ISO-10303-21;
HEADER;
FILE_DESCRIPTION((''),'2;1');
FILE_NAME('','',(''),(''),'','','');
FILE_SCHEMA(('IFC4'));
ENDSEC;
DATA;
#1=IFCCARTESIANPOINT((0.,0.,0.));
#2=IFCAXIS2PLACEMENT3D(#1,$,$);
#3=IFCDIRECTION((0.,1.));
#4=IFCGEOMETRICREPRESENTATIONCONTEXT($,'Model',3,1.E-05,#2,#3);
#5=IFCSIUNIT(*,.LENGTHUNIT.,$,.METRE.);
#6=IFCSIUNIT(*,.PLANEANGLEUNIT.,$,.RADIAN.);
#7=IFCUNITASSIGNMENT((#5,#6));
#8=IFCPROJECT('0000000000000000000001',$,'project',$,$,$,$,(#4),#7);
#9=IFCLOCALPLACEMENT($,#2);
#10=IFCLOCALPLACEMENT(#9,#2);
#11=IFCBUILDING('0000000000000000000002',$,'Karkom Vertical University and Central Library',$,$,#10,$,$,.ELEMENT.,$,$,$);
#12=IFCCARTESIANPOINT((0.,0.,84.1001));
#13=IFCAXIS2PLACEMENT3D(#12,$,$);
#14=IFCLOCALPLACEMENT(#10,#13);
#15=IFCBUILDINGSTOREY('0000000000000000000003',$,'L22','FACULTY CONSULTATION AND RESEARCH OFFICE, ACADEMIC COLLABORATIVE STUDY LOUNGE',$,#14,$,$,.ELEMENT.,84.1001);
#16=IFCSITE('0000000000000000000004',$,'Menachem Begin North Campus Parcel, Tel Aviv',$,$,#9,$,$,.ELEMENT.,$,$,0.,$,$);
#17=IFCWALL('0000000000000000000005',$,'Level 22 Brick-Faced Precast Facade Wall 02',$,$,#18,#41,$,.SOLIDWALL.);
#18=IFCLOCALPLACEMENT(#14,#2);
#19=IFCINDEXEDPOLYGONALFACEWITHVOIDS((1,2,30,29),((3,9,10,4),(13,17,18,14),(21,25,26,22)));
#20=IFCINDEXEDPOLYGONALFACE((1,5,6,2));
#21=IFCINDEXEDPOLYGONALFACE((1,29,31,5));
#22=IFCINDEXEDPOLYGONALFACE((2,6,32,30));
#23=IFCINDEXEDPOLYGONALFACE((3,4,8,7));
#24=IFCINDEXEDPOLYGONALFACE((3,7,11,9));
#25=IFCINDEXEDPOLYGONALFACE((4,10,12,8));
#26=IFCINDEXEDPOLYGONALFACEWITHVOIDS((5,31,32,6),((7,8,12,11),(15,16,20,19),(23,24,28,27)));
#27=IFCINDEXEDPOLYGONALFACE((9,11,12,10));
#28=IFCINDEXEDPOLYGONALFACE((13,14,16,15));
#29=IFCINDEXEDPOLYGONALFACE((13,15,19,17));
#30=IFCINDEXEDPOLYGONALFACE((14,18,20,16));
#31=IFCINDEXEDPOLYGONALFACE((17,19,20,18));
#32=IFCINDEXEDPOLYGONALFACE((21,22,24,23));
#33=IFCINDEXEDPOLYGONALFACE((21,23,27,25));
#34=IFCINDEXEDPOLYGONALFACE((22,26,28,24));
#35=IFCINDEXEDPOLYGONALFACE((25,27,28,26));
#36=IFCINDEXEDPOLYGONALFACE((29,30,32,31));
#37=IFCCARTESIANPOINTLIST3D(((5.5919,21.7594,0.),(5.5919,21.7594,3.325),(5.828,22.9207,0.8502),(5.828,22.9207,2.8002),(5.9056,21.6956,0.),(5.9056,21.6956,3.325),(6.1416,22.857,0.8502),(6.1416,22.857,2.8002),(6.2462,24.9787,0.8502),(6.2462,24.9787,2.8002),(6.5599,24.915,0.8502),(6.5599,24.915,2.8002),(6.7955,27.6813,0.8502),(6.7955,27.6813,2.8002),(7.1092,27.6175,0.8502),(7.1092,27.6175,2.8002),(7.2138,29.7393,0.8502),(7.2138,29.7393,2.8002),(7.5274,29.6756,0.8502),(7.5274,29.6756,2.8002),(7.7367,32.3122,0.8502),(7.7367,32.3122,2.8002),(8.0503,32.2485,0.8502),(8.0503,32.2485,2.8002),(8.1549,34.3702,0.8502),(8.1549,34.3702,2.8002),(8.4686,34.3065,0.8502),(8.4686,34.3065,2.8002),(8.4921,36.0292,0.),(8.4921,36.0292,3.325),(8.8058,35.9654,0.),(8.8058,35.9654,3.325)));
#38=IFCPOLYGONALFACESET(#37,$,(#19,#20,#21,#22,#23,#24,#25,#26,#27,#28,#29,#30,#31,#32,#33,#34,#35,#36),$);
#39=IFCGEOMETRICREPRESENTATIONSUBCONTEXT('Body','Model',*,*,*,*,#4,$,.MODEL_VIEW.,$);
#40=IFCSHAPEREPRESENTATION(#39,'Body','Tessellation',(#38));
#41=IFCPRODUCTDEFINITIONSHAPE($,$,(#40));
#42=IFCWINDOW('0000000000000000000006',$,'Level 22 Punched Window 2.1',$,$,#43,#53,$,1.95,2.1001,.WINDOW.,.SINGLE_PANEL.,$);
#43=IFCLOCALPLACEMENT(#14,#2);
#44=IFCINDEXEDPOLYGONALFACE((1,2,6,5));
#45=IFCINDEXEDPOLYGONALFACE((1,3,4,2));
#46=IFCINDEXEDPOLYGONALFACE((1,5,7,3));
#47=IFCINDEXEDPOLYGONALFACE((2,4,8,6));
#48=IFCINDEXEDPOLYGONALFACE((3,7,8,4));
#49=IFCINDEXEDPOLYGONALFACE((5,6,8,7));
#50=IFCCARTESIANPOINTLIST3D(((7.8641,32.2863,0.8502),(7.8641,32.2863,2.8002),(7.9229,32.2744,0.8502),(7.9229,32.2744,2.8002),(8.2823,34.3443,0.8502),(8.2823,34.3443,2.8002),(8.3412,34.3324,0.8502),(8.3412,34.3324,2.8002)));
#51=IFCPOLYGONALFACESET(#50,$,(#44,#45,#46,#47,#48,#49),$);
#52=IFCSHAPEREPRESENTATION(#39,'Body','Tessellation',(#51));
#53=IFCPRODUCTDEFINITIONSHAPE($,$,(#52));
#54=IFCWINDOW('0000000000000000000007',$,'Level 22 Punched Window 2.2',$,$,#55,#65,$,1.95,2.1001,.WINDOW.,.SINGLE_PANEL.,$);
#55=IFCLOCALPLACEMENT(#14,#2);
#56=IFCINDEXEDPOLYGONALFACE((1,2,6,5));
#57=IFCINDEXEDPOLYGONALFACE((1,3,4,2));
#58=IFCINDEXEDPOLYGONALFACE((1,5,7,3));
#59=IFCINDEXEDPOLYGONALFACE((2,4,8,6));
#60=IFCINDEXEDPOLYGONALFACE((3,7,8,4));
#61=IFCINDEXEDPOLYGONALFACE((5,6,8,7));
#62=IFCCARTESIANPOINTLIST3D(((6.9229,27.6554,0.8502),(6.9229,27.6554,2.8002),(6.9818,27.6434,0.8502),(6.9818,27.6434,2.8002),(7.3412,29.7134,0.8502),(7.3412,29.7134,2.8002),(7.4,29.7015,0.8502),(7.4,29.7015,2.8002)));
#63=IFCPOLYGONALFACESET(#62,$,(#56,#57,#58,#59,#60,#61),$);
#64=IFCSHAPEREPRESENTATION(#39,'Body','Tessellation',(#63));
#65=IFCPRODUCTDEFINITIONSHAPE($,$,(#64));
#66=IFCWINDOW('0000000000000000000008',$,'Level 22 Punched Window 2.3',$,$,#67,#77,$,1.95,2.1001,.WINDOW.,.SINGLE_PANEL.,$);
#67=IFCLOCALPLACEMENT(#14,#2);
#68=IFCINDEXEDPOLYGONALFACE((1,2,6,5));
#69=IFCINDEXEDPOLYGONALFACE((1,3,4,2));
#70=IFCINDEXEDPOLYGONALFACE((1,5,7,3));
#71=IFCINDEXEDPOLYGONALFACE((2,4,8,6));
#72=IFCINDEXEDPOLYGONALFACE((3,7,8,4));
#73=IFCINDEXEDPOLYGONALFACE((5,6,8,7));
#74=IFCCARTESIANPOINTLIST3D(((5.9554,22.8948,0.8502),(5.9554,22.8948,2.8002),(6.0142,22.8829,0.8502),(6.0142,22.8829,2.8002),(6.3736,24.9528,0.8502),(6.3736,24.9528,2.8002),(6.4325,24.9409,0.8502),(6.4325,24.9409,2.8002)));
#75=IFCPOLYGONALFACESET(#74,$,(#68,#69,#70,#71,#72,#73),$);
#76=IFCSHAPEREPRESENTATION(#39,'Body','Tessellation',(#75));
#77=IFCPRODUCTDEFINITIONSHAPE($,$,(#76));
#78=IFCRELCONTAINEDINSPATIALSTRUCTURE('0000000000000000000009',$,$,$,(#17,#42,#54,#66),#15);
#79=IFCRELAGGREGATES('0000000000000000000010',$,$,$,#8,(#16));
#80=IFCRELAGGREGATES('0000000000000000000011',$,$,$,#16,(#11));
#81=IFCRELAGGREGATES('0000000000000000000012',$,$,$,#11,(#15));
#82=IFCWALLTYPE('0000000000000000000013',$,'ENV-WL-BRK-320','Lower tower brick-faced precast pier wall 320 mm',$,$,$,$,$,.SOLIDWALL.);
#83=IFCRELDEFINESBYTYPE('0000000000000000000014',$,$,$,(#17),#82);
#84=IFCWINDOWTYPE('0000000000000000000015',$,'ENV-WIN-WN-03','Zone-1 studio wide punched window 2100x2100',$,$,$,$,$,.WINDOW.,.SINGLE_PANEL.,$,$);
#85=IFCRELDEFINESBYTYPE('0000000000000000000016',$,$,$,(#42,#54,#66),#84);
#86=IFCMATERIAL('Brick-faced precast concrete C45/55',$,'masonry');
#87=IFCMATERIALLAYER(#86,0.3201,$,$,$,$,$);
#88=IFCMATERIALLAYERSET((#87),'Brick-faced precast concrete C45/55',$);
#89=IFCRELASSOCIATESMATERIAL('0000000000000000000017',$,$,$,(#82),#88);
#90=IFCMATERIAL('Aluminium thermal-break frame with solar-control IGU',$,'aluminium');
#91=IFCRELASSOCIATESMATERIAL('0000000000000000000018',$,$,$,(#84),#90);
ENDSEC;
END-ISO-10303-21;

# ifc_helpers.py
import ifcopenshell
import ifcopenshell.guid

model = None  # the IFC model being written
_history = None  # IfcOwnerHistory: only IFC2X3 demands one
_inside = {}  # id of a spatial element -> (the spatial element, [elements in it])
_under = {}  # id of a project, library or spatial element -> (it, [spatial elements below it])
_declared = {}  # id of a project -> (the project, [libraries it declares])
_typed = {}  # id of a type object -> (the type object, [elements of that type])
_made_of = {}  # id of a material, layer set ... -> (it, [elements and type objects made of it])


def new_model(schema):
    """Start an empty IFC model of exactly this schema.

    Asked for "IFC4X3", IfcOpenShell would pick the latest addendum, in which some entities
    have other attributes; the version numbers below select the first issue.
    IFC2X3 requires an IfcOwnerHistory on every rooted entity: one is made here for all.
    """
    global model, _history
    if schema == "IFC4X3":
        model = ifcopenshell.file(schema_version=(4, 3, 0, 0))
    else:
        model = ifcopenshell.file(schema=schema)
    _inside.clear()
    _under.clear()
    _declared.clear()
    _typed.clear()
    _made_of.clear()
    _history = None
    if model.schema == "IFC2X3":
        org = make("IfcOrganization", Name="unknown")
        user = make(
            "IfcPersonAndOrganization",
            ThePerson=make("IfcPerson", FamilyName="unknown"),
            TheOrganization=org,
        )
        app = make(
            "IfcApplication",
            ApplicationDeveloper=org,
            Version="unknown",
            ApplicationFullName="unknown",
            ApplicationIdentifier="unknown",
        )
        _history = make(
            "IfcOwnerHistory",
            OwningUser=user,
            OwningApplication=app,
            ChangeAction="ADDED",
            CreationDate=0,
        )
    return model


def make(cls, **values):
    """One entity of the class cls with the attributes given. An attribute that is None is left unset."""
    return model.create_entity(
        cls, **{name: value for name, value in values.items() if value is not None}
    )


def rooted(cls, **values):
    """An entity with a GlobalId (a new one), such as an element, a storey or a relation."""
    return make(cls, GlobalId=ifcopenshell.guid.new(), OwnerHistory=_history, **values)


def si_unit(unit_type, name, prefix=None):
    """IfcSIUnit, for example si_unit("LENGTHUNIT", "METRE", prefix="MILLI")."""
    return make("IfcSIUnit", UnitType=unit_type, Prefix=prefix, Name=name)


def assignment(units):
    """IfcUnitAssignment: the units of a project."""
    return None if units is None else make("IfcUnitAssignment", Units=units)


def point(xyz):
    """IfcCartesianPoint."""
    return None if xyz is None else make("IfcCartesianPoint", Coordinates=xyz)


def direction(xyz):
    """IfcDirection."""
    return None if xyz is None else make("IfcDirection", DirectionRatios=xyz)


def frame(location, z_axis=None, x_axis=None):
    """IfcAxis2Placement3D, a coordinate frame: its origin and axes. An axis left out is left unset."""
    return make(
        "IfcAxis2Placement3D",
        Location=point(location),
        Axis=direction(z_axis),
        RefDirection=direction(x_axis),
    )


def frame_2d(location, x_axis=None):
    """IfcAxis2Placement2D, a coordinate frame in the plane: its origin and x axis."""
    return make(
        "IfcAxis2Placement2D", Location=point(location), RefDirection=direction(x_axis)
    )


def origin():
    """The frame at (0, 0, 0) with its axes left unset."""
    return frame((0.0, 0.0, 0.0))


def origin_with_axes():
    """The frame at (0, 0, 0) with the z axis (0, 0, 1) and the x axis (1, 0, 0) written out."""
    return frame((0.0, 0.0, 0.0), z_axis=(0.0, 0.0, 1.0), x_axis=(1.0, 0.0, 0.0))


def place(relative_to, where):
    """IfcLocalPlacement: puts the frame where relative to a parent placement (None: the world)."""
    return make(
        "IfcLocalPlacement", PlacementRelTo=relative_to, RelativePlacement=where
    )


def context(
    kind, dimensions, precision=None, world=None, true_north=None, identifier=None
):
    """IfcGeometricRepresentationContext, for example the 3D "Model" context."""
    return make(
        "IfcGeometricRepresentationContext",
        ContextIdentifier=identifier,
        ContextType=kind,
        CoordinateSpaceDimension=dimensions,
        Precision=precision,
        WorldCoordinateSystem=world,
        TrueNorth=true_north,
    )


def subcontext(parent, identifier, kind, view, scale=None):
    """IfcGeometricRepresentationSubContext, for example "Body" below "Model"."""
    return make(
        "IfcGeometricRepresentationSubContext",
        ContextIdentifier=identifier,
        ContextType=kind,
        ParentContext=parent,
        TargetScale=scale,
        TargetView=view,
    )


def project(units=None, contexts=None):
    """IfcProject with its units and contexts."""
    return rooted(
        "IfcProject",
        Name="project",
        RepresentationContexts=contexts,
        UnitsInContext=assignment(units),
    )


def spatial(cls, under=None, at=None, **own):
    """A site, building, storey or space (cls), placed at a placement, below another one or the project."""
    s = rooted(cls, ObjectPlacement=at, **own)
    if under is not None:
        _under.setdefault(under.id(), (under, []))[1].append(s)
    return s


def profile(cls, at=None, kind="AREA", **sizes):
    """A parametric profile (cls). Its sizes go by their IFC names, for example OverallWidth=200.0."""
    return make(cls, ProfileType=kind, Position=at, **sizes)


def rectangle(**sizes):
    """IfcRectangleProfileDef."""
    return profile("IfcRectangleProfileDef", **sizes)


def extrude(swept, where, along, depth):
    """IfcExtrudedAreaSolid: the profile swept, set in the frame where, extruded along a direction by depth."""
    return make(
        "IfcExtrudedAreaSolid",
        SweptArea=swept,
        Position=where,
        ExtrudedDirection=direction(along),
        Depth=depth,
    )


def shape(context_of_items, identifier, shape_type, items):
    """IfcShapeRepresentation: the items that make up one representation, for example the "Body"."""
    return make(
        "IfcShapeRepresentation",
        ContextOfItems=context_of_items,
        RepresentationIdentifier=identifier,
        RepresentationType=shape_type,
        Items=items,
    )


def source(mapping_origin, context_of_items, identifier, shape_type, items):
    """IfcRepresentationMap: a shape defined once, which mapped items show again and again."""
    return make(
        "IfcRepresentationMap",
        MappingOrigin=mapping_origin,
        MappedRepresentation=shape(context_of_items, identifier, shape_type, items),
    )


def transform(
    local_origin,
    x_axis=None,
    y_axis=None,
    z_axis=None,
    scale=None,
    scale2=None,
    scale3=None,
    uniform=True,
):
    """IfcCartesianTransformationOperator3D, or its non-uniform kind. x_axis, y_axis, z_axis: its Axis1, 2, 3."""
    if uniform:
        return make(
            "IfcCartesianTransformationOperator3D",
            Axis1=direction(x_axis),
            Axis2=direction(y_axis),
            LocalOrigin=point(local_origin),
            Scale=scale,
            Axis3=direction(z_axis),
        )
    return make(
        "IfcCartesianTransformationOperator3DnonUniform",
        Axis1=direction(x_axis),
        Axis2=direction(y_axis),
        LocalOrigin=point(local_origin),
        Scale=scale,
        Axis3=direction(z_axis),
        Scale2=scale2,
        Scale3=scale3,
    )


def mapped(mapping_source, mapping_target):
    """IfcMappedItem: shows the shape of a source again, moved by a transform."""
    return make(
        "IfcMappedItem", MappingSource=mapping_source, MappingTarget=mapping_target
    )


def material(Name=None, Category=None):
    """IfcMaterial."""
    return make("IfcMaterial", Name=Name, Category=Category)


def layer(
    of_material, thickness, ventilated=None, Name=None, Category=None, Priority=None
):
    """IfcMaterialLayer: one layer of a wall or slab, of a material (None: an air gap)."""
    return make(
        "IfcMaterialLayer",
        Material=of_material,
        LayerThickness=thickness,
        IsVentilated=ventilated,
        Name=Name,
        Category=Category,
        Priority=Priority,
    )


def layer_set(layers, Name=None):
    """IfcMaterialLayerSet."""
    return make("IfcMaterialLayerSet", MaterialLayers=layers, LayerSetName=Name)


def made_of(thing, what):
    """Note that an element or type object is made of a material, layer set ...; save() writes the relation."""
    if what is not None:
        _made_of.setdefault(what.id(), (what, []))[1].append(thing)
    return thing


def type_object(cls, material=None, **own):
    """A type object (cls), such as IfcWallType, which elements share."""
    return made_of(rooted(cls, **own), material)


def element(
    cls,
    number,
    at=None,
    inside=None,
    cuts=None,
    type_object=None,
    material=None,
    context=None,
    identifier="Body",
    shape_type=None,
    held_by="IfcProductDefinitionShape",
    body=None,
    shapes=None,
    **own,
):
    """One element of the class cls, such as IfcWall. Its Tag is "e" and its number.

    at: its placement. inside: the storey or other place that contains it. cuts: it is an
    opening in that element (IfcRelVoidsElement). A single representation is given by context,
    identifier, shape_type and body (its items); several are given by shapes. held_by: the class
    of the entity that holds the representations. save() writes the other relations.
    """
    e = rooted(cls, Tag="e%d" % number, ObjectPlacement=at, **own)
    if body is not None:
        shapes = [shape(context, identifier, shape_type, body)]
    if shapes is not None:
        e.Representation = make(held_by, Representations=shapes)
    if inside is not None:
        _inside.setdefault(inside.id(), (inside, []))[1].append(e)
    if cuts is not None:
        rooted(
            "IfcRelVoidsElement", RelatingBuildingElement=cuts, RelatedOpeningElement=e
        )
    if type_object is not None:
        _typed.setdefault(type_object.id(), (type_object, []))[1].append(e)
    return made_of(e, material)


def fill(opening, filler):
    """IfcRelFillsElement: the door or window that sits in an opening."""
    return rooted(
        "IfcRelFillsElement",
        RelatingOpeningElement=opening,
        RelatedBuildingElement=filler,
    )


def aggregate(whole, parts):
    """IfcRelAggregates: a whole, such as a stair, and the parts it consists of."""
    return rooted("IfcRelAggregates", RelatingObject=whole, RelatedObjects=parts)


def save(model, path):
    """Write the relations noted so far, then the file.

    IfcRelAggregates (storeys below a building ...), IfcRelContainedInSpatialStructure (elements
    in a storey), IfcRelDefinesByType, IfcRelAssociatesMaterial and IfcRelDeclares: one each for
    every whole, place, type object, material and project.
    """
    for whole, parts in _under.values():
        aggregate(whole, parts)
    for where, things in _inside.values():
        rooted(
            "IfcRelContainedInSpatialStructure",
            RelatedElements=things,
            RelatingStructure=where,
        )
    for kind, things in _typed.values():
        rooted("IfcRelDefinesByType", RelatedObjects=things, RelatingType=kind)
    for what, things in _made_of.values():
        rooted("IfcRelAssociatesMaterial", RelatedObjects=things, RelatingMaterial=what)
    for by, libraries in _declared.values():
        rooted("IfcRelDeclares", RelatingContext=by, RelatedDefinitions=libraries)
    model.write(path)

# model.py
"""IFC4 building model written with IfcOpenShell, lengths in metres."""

from ifc_helpers import new_model, si_unit, direction, frame, frame_2d, origin, origin_with_axes, place, context, subcontext, project, spatial, rectangle, extrude, source, transform, mapped, material, layer, layer_set, type_object, element, fill, save


model = new_model("IFC4")

# Units and contexts
model_context = context("Model", 3, precision=1e-05, world=origin(), true_north=direction((0.0, 1.0)))
body_context = subcontext(model_context, "Body", "Model", "MODEL_VIEW")
ifc_project = project(units=[si_unit("LENGTHUNIT", "METRE"), si_unit("PLANEANGLEUNIT", "RADIAN")], contexts=[model_context])

# Site, building, storey
site_placement = place(None, origin())
site = spatial("IfcSite", under=ifc_project, at=site_placement, Name="Menachem Begin North Campus Parcel, Tel Aviv", CompositionType="ELEMENT", RefElevation=0.0)
building_placement = place(site_placement, origin())
building = spatial("IfcBuilding", under=site, at=building_placement, Name="Karkom Vertical University and Central Library", CompositionType="ELEMENT")
storey_placement = place(building_placement, frame((0.0, 0.0, 84.1001)))
storey = spatial("IfcBuildingStorey", under=building, at=storey_placement, Name="L22", Description="FACULTY CONSULTATION AND RESEARCH OFFICE, ACADEMIC COLLABORATIVE STUDY LOUNGE", CompositionType="ELEMENT", Elevation=84.1001)

# Wall, openings, windows
ifc_material_1 = material(Name="Brick-faced precast concrete C45/55", Category="masonry")
ifc_layer_1 = layer(ifc_material_1, 0.3201)
ifc_layer_set_1 = layer_set([ifc_layer_1], Name="Brick-faced precast concrete C45/55")
wall_type_1 = type_object("IfcWallType", Name="ENV-WL-BRK-320", Description="Lower tower brick-faced precast pier wall 320 mm", PredefinedType="SOLIDWALL", material=ifc_layer_set_1)
wall_1_placement = place(storey_placement, frame((8.6489, 35.9973, 0.0), z_axis=(0.0, 0.0, 1.0), x_axis=(-0.199165, -0.979966, 0.0)))
wall_1 = element("IfcWall", 1, at=wall_1_placement, inside=storey, type_object=wall_type_1, Name="Level 22 Brick-Faced Precast Facade Wall 02", PredefinedType="SOLIDWALL", context=body_context, shape_type="SweptSolid", body=[
    extrude(rectangle(XDim=14.5615, YDim=0.3201, at=frame_2d((7.2808, 0.0))), origin(), (0.0, 0.0, 1.0), 3.325),
])
opening_1_placement = place(wall_1_placement, frame((1.6929, 0.0, 0.8501)))
opening_1 = element("IfcOpeningElement", 2, at=opening_1_placement, cuts=wall_1, PredefinedType="OPENING", context=body_context, shape_type="SweptSolid", body=[
    extrude(rectangle(XDim=2.1001, YDim=1.95, at=frame_2d((1.05, 0.9751))), frame((0.0, 0.1699, 0.0), z_axis=(0.0, -1.0, 0.0), x_axis=(1.0, 0.0, 0.0)), (0.0, 0.0, 1.0), 0.3401),
])
opening_2_placement = place(wall_1_placement, frame((6.4185, 0.0, 0.8501)))
opening_2 = element("IfcOpeningElement", 3, at=opening_2_placement, cuts=wall_1, PredefinedType="OPENING", context=body_context, shape_type="SweptSolid", body=[
    extrude(rectangle(XDim=2.1001, YDim=1.95, at=frame_2d((1.05, 0.9751))), frame((0.0, 0.1699, 0.0), z_axis=(0.0, -1.0, 0.0), x_axis=(1.0, 0.0, 0.0)), (0.0, 0.0, 1.0), 0.3401),
])
opening_3_placement = place(wall_1_placement, frame((11.2764, 0.0, 0.8501)))
opening_3 = element("IfcOpeningElement", 4, at=opening_3_placement, cuts=wall_1, PredefinedType="OPENING", context=body_context, shape_type="SweptSolid", body=[
    extrude(rectangle(XDim=2.1001, YDim=1.95, at=frame_2d((1.05, 0.9751))), frame((0.0, 0.1699, 0.0), z_axis=(0.0, -1.0, 0.0), x_axis=(1.0, 0.0, 0.0)), (0.0, 0.0, 1.0), 0.3401),
])
ifc_material_2 = material(Name="Aluminium thermal-break frame with solar-control IGU", Category="aluminium")
window_type = type_object("IfcWindowType", Name="ENV-WIN-WN-03", Description="Zone-1 studio wide punched window 2100x2100", PartitioningType="SINGLE_PANEL", PredefinedType="WINDOW", material=ifc_material_2)
shared_shape_1 = source(origin_with_axes(), body_context, "Body", "SweptSolid", [
    extrude(rectangle(XDim=2.1001, YDim=1.95, at=frame_2d((1.05, 0.9751))), frame((0.0, 0.03, 0.0), z_axis=(0.0, -1.0, 0.0), x_axis=(1.0, 0.0, 0.0)), (0.0, 0.0, 1.0), 0.0601),
])
window_1_placement = place(opening_1_placement, origin())
window_1 = element("IfcWindow", 5, at=window_1_placement, inside=storey, type_object=window_type, Name="Level 22 Punched Window 2.1", OverallHeight=1.95, OverallWidth=2.1001, PartitioningType="SINGLE_PANEL", PredefinedType="WINDOW", context=body_context, shape_type="MappedRepresentation", body=[
    mapped(shared_shape_1, transform((0.0, 0.0, 0.0), scale=1.0)),
])
fill(opening_1, window_1)
window_2_placement = place(opening_2_placement, origin())
window_2 = element("IfcWindow", 6, at=window_2_placement, inside=storey, type_object=window_type, Name="Level 22 Punched Window 2.2", OverallHeight=1.95, OverallWidth=2.1001, PartitioningType="SINGLE_PANEL", PredefinedType="WINDOW", context=body_context, shape_type="MappedRepresentation", body=[
    mapped(shared_shape_1, transform((0.0, 0.0, 0.0), scale=1.0)),
])
fill(opening_2, window_2)
window_3_placement = place(opening_3_placement, origin())
window_3 = element("IfcWindow", 7, at=window_3_placement, inside=storey, type_object=window_type, Name="Level 22 Punched Window 2.3", OverallHeight=1.95, OverallWidth=2.1001, PartitioningType="SINGLE_PANEL", PredefinedType="WINDOW", context=body_context, shape_type="MappedRepresentation", body=[
    mapped(shared_shape_1, transform((0.0, 0.0, 0.0), scale=1.0)),
])
fill(opening_3, window_3)

save(model, "model.ifc")
